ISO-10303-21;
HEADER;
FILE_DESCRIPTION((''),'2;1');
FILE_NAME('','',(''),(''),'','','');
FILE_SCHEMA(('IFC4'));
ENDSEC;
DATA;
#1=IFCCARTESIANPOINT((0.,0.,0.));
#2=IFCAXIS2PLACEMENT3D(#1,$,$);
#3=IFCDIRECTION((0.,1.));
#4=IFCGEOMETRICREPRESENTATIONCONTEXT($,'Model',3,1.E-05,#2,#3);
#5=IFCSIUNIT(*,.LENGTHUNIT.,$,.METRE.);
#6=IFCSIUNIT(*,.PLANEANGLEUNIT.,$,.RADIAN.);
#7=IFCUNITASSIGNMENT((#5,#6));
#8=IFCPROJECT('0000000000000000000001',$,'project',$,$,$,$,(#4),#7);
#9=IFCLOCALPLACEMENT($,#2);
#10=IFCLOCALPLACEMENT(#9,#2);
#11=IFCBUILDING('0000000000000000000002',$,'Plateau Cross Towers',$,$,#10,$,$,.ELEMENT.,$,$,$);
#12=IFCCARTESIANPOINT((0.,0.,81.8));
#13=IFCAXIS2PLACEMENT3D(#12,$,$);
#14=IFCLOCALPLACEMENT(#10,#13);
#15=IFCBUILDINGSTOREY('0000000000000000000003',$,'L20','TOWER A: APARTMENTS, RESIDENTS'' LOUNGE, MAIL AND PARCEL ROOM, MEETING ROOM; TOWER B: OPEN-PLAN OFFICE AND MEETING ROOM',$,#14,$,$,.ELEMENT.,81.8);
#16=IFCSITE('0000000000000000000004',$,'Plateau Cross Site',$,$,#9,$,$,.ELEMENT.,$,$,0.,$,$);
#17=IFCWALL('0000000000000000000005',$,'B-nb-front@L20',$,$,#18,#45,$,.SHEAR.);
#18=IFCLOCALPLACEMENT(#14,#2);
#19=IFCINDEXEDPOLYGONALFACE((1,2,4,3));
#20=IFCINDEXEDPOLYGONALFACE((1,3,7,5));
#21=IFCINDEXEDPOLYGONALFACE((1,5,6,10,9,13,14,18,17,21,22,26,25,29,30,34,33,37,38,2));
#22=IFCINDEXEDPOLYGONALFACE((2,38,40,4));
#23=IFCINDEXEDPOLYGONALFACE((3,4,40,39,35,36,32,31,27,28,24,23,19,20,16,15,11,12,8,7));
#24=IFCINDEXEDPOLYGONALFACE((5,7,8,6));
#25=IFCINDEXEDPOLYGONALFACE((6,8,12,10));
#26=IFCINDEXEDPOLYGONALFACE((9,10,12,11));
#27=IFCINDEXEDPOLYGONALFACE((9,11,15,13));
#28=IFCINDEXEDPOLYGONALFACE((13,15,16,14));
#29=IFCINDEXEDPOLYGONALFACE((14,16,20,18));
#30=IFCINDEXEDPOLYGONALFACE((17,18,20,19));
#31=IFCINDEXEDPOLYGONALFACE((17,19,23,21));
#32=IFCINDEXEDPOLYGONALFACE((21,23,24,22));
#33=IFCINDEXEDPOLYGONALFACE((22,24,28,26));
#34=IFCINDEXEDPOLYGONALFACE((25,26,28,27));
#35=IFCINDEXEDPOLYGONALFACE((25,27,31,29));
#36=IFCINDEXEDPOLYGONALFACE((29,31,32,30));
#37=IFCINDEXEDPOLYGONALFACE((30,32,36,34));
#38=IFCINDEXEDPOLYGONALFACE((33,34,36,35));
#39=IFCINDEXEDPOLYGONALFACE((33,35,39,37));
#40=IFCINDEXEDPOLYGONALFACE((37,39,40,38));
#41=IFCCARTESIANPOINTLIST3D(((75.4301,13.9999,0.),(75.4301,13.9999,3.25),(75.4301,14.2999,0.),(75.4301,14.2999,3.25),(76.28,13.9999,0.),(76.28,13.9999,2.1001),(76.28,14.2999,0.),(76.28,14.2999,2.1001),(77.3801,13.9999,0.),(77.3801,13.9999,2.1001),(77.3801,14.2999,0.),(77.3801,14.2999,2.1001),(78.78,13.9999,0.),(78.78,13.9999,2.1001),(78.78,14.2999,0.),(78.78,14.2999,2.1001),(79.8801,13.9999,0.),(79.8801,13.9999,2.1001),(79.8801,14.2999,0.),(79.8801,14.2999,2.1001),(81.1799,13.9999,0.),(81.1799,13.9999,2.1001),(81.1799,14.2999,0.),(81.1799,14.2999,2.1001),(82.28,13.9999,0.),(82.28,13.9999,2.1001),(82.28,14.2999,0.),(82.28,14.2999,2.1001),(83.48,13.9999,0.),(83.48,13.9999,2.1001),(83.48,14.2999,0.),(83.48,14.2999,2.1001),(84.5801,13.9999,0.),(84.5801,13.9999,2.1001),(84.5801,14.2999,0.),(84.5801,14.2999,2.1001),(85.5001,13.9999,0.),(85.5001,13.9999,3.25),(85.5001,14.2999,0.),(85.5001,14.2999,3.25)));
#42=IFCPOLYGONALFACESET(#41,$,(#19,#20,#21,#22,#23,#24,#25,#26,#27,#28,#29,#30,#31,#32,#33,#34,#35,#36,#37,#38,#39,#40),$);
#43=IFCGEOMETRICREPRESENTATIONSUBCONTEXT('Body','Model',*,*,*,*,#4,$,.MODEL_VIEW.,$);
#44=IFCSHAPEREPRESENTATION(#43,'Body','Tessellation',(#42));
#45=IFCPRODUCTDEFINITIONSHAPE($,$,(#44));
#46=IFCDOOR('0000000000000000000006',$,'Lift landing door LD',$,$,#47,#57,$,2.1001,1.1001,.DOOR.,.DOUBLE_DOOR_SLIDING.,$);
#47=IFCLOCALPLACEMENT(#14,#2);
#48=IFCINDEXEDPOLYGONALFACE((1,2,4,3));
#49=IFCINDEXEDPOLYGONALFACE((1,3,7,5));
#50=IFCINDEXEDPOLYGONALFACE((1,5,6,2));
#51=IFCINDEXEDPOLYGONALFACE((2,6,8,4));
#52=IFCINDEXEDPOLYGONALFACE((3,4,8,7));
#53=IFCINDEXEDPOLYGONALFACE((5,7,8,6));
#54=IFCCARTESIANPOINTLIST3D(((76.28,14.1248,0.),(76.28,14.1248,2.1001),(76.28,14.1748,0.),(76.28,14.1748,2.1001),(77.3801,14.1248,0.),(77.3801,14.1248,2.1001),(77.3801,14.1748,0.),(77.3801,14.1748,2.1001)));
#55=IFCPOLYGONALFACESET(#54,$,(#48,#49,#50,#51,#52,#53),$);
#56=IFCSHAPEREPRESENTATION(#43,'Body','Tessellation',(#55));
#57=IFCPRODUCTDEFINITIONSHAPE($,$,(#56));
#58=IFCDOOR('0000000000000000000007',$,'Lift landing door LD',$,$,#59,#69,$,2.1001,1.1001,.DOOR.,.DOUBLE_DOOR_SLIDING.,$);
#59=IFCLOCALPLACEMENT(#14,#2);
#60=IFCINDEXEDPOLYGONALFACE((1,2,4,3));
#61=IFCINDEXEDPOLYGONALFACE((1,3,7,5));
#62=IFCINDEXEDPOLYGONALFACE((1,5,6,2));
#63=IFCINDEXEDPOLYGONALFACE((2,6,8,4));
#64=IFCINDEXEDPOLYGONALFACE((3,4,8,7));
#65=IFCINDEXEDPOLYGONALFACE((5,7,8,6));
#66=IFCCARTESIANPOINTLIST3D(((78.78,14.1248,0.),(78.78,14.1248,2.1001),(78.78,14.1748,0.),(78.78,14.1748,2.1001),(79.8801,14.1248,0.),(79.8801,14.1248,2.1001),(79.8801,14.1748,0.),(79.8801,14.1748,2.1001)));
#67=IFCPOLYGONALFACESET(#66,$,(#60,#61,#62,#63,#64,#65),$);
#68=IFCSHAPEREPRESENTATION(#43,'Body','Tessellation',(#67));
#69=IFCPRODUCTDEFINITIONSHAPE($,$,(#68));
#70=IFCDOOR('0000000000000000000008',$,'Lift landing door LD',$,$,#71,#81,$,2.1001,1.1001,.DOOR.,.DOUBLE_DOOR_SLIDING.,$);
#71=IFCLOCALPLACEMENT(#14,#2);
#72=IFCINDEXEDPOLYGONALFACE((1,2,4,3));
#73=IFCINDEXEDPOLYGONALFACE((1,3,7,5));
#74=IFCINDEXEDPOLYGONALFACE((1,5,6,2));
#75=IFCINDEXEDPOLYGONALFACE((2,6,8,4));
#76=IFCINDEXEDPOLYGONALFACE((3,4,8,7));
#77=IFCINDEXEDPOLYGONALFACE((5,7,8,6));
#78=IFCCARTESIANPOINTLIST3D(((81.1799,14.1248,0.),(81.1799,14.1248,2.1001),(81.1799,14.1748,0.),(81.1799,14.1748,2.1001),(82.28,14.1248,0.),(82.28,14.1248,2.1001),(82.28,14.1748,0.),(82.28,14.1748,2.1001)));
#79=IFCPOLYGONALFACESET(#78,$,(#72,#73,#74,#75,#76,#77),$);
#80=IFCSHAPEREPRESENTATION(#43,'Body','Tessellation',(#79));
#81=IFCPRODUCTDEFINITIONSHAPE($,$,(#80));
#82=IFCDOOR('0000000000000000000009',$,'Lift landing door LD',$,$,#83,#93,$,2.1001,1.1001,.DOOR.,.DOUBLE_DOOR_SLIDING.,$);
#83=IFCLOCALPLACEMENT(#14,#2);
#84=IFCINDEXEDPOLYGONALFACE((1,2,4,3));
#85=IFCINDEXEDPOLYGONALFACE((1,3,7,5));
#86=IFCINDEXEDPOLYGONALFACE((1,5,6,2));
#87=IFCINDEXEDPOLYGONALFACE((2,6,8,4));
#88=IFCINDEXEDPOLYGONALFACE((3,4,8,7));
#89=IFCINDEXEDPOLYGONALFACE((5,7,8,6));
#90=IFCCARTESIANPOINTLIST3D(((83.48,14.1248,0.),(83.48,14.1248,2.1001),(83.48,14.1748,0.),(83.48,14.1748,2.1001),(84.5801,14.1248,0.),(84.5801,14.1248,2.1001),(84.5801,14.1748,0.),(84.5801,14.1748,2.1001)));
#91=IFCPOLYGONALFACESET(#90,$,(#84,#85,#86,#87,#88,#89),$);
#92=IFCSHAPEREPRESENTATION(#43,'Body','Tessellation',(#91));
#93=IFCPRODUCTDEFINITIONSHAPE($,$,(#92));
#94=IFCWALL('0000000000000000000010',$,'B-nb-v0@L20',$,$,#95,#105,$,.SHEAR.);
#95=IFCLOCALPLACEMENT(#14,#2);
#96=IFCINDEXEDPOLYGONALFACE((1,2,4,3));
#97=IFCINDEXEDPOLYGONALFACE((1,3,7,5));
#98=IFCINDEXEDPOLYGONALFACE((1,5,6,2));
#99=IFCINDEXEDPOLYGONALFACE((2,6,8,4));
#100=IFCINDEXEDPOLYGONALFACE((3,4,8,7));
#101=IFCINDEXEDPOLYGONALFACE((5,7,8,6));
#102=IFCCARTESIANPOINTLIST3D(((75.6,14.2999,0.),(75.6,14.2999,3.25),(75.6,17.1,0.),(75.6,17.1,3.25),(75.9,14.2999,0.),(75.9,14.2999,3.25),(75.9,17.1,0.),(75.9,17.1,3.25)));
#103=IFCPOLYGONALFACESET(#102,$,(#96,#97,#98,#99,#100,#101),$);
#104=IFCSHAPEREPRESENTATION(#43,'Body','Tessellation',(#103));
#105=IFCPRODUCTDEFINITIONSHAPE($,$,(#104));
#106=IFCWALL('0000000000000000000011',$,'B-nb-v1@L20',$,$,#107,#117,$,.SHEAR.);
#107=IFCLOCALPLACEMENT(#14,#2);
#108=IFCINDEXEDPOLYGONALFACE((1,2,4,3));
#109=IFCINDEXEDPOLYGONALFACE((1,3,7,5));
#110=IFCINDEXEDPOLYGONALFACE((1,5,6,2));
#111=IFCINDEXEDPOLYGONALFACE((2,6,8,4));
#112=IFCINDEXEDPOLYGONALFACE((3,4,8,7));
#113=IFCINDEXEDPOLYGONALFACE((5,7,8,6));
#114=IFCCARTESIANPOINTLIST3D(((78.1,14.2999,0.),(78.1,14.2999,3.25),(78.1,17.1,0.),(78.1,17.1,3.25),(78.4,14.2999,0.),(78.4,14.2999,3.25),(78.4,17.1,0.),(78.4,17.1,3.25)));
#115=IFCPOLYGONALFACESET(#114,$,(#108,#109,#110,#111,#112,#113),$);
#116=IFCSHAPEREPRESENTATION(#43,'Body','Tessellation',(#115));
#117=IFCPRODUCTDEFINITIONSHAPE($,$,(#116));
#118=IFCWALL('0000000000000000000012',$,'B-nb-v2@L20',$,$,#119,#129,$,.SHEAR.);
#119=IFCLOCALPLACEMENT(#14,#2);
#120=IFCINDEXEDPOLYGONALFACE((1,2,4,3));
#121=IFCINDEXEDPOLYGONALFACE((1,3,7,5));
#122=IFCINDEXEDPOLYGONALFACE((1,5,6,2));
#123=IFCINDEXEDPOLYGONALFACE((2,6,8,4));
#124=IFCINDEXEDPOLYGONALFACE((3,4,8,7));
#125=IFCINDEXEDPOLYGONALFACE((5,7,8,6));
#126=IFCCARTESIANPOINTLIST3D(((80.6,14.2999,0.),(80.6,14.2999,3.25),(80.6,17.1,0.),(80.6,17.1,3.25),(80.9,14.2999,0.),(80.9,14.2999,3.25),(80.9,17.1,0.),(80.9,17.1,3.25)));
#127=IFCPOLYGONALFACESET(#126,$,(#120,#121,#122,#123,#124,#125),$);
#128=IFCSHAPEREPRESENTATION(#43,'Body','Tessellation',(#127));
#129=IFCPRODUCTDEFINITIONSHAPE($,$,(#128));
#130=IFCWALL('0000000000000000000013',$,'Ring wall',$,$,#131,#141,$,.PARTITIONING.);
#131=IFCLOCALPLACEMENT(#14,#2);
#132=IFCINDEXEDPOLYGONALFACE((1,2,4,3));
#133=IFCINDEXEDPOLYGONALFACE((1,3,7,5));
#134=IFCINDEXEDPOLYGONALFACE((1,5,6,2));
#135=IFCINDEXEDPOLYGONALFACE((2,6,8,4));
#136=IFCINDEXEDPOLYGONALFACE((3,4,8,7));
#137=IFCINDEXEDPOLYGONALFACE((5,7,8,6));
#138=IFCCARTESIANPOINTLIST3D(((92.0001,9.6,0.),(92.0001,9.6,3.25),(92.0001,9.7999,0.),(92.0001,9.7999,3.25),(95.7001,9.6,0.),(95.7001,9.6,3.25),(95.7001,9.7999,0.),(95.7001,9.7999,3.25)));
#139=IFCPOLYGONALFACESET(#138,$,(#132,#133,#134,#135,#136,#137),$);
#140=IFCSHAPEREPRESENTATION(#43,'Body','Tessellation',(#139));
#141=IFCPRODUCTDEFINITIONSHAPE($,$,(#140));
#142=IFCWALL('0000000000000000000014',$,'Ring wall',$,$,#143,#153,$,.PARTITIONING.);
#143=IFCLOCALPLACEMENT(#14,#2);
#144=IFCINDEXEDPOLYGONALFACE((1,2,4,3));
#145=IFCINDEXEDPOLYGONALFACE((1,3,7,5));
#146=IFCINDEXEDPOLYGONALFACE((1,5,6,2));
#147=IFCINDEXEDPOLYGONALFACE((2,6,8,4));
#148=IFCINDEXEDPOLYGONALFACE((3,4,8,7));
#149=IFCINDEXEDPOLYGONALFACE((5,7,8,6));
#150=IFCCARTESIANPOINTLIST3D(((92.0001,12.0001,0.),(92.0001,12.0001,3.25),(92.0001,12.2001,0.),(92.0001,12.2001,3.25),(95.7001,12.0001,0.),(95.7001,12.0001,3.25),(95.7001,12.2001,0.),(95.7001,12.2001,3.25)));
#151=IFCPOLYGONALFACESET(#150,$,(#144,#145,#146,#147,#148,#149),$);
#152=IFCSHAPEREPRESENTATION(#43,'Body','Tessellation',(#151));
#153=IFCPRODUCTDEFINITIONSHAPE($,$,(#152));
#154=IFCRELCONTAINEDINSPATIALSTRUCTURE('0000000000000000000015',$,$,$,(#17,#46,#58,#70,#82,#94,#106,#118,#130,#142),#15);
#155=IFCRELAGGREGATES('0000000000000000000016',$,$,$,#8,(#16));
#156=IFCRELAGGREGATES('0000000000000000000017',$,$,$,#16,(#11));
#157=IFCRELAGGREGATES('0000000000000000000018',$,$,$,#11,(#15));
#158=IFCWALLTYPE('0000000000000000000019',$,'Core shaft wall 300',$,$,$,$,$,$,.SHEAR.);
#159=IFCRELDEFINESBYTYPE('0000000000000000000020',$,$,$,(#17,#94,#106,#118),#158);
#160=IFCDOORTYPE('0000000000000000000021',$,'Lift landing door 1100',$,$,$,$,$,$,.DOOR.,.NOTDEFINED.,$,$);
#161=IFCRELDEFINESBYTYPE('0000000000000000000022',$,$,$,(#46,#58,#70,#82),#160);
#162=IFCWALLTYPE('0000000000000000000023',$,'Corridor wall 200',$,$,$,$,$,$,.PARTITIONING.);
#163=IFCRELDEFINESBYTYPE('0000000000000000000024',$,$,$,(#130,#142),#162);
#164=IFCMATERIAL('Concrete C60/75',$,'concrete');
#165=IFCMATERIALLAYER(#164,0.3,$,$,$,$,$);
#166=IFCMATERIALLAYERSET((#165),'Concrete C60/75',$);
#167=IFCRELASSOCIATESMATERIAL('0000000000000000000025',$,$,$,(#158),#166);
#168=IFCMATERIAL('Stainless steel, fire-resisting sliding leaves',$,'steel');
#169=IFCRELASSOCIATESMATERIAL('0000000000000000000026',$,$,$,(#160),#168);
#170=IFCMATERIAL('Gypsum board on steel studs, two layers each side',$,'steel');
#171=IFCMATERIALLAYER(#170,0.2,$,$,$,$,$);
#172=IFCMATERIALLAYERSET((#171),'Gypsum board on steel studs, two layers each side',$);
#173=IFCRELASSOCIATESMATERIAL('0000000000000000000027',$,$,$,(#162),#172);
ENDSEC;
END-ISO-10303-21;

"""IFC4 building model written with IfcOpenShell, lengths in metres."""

from ifc_helpers import new_model, si_unit, direction, frame, frame_2d, origin, place, context, subcontext, project, spatial, rectangle, extrude, material, layer, layer_set, type_object, element, fill, save


model = new_model("IFC4")

# Units and contexts
model_context = context("Model", 3, precision=1e-05, world=origin(), true_north=direction((0.0, 1.0)))
body_context = subcontext(model_context, "Body", "Model", "MODEL_VIEW")
ifc_project = project(units=[si_unit("LENGTHUNIT", "METRE"), si_unit("PLANEANGLEUNIT", "RADIAN")], contexts=[model_context])

# Site, building, storey
site_placement = place(None, origin())
site = spatial("IfcSite", under=ifc_project, at=site_placement, Name="Plateau Cross Site", CompositionType="ELEMENT", RefElevation=0.0)
building_placement = place(site_placement, origin())
building = spatial("IfcBuilding", under=site, at=building_placement, Name="Plateau Cross Towers", CompositionType="ELEMENT")
storey_placement = place(building_placement, frame((0.0, 0.0, 81.8)))
storey = spatial("IfcBuildingStorey", under=building, at=storey_placement, Name="L20", Description="TOWER A: APARTMENTS, RESIDENTS' LOUNGE, MAIL AND PARCEL ROOM, MEETING ROOM; TOWER B: OPEN-PLAN OFFICE AND MEETING ROOM", CompositionType="ELEMENT", Elevation=81.8)

# Shared definitions
ifc_material_1 = material(Name="Concrete C60/75", Category="concrete")

# Wall, openings, doors
ifc_layer_1 = layer(ifc_material_1, 0.3)
ifc_layer_set_1 = layer_set([ifc_layer_1], Name="Concrete C60/75")
wall_type_1 = type_object("IfcWallType", Name="Core shaft wall 300", PredefinedType="SHEAR", material=ifc_layer_set_1)
wall_1_placement = place(storey_placement, frame((75.4299, 14.1499, 0.0), z_axis=(0.0, 0.0, 1.0), x_axis=(1.0, 0.0, 0.0)))
wall_1 = element("IfcWall", 1, at=wall_1_placement, inside=storey, type_object=wall_type_1, Name="B-nb-front@L20", PredefinedType="SHEAR", context=body_context, shape_type="SweptSolid", body=[
    extrude(rectangle(XDim=10.0701, YDim=0.3, at=frame_2d((5.0352, 0.0))), origin(), (0.0, 0.0, 1.0), 3.25),
])
opening_1_placement = place(wall_1_placement, frame((0.8501, 0.0, 0.0)))
opening_1 = element("IfcOpeningElement", 2, at=opening_1_placement, cuts=wall_1, PredefinedType="OPENING", context=body_context, shape_type="SweptSolid", body=[
    extrude(rectangle(XDim=1.1001, YDim=2.1001, at=frame_2d((0.55, 1.05))), frame((0.0, 0.1599, 0.0), z_axis=(0.0, -1.0, 0.0), x_axis=(1.0, 0.0, 0.0)), (0.0, 0.0, 1.0), 0.3201),
])
opening_2_placement = place(wall_1_placement, frame((3.3501, 0.0, 0.0)))
opening_2 = element("IfcOpeningElement", 3, at=opening_2_placement, cuts=wall_1, PredefinedType="OPENING", context=body_context, shape_type="SweptSolid", body=[
    extrude(rectangle(XDim=1.1001, YDim=2.1001, at=frame_2d((0.55, 1.05))), frame((0.0, 0.1599, 0.0), z_axis=(0.0, -1.0, 0.0), x_axis=(1.0, 0.0, 0.0)), (0.0, 0.0, 1.0), 0.3201),
])
opening_3_placement = place(wall_1_placement, frame((5.75, 0.0, 0.0)))
opening_3 = element("IfcOpeningElement", 4, at=opening_3_placement, cuts=wall_1, PredefinedType="OPENING", context=body_context, shape_type="SweptSolid", body=[
    extrude(rectangle(XDim=1.1001, YDim=2.1001, at=frame_2d((0.55, 1.05))), frame((0.0, 0.1599, 0.0), z_axis=(0.0, -1.0, 0.0), x_axis=(1.0, 0.0, 0.0)), (0.0, 0.0, 1.0), 0.3201),
])
opening_4_placement = place(wall_1_placement, frame((8.05, 0.0, 0.0)))
opening_4 = element("IfcOpeningElement", 5, at=opening_4_placement, cuts=wall_1, PredefinedType="OPENING", context=body_context, shape_type="SweptSolid", body=[
    extrude(rectangle(XDim=1.1001, YDim=2.1001, at=frame_2d((0.55, 1.05))), frame((0.0, 0.1599, 0.0), z_axis=(0.0, -1.0, 0.0), x_axis=(1.0, 0.0, 0.0)), (0.0, 0.0, 1.0), 0.3201),
])
ifc_material_2 = material(Name="Stainless steel, fire-resisting sliding leaves", Category="steel")
door_type_1 = type_object("IfcDoorType", Name="Lift landing door 1100", OperationType="NOTDEFINED", PredefinedType="DOOR", material=ifc_material_2)
door_1_placement = place(opening_1_placement, origin())
door_1 = element("IfcDoor", 6, at=door_1_placement, inside=storey, type_object=door_type_1, Name="Lift landing door LD", OperationType="DOUBLE_DOOR_SLIDING", OverallHeight=2.1001, OverallWidth=1.1001, PredefinedType="DOOR", context=body_context, shape_type="SweptSolid", body=[
    extrude(rectangle(XDim=1.1001, YDim=2.1001, at=frame_2d((0.55, 1.05))), frame((0.0, 0.0249, 0.0), z_axis=(0.0, -1.0, 0.0), x_axis=(1.0, 0.0, 0.0)), (0.0, 0.0, 1.0), 0.05),
])
fill(opening_1, door_1)
door_2_placement = place(opening_2_placement, origin())
door_2 = element("IfcDoor", 7, at=door_2_placement, inside=storey, type_object=door_type_1, Name="Lift landing door LD", OperationType="DOUBLE_DOOR_SLIDING", OverallHeight=2.1001, OverallWidth=1.1001, PredefinedType="DOOR", context=body_context, shape_type="SweptSolid", body=[
    extrude(rectangle(XDim=1.1001, YDim=2.1001, at=frame_2d((0.55, 1.05))), frame((0.0, 0.0249, 0.0), z_axis=(0.0, -1.0, 0.0), x_axis=(1.0, 0.0, 0.0)), (0.0, 0.0, 1.0), 0.05),
])
fill(opening_2, door_2)
door_3_placement = place(opening_3_placement, origin())
door_3 = element("IfcDoor", 8, at=door_3_placement, inside=storey, type_object=door_type_1, Name="Lift landing door LD", OperationType="DOUBLE_DOOR_SLIDING", OverallHeight=2.1001, OverallWidth=1.1001, PredefinedType="DOOR", context=body_context, shape_type="SweptSolid", body=[
    extrude(rectangle(XDim=1.1001, YDim=2.1001, at=frame_2d((0.55, 1.05))), frame((0.0, 0.0249, 0.0), z_axis=(0.0, -1.0, 0.0), x_axis=(1.0, 0.0, 0.0)), (0.0, 0.0, 1.0), 0.05),
])
fill(opening_3, door_3)
door_4_placement = place(opening_4_placement, origin())
door_4 = element("IfcDoor", 9, at=door_4_placement, inside=storey, type_object=door_type_1, Name="Lift landing door LD", OperationType="DOUBLE_DOOR_SLIDING", OverallHeight=2.1001, OverallWidth=1.1001, PredefinedType="DOOR", context=body_context, shape_type="SweptSolid", body=[
    extrude(rectangle(XDim=1.1001, YDim=2.1001, at=frame_2d((0.55, 1.05))), frame((0.0, 0.0249, 0.0), z_axis=(0.0, -1.0, 0.0), x_axis=(1.0, 0.0, 0.0)), (0.0, 0.0, 1.0), 0.05),
])
fill(opening_4, door_4)

# Walls
for number, where, z_axis, x_axis, name in (
    (10, (75.75, 14.3, 0.0), (0.0, 0.0, 1.0), (0.0, 1.0, 0.0), "B-nb-v0@L20"),
    (11, (78.25, 14.3, 0.0), (0.0, 0.0, 1.0), (0.0, 1.0, 0.0), "B-nb-v1@L20"),
    (12, (80.75, 14.3, 0.0), (0.0, 0.0, 1.0), (0.0, 1.0, 0.0), "B-nb-v2@L20"),
):
    element("IfcWall", number, at=place(storey_placement, frame(where, z_axis=z_axis, x_axis=x_axis)), inside=storey, type_object=wall_type_1, Name=name, PredefinedType="SHEAR", context=body_context, shape_type="SweptSolid", body=[
        extrude(rectangle(XDim=2.8, YDim=0.3, at=frame_2d((1.3999, 0.0))), origin(), (0.0, 0.0, 1.0), 3.25),
    ])

# Shared definitions
ifc_material_3 = material(Name="Gypsum board on steel studs, two layers each side", Category="steel")
ifc_layer_2 = layer(ifc_material_3, 0.2)
ifc_layer_set_2 = layer_set([ifc_layer_2], Name="Gypsum board on steel studs, two layers each side")
wall_type_2 = type_object("IfcWallType", Name="Corridor wall 200", PredefinedType="PARTITIONING", material=ifc_layer_set_2)

# Walls
for number, where, z_axis, x_axis, name in (
    (13, (92.0, 9.7, 0.0), (0.0, 0.0, 1.0), (1.0, 0.0, 0.0), "Ring wall"),
    (14, (92.0, 12.1001, 0.0), (0.0, 0.0, 1.0), (1.0, 0.0, 0.0), "Ring wall"),
):
    element("IfcWall", number, at=place(storey_placement, frame(where, z_axis=z_axis, x_axis=x_axis)), inside=storey, type_object=wall_type_2, Name=name, PredefinedType="PARTITIONING", context=body_context, shape_type="SweptSolid", body=[
        extrude(rectangle(XDim=3.7, YDim=0.2, at=frame_2d((1.8501, 0.0))), origin(), (0.0, 0.0, 1.0), 3.25),
    ])

save(model, "model.ifc")
